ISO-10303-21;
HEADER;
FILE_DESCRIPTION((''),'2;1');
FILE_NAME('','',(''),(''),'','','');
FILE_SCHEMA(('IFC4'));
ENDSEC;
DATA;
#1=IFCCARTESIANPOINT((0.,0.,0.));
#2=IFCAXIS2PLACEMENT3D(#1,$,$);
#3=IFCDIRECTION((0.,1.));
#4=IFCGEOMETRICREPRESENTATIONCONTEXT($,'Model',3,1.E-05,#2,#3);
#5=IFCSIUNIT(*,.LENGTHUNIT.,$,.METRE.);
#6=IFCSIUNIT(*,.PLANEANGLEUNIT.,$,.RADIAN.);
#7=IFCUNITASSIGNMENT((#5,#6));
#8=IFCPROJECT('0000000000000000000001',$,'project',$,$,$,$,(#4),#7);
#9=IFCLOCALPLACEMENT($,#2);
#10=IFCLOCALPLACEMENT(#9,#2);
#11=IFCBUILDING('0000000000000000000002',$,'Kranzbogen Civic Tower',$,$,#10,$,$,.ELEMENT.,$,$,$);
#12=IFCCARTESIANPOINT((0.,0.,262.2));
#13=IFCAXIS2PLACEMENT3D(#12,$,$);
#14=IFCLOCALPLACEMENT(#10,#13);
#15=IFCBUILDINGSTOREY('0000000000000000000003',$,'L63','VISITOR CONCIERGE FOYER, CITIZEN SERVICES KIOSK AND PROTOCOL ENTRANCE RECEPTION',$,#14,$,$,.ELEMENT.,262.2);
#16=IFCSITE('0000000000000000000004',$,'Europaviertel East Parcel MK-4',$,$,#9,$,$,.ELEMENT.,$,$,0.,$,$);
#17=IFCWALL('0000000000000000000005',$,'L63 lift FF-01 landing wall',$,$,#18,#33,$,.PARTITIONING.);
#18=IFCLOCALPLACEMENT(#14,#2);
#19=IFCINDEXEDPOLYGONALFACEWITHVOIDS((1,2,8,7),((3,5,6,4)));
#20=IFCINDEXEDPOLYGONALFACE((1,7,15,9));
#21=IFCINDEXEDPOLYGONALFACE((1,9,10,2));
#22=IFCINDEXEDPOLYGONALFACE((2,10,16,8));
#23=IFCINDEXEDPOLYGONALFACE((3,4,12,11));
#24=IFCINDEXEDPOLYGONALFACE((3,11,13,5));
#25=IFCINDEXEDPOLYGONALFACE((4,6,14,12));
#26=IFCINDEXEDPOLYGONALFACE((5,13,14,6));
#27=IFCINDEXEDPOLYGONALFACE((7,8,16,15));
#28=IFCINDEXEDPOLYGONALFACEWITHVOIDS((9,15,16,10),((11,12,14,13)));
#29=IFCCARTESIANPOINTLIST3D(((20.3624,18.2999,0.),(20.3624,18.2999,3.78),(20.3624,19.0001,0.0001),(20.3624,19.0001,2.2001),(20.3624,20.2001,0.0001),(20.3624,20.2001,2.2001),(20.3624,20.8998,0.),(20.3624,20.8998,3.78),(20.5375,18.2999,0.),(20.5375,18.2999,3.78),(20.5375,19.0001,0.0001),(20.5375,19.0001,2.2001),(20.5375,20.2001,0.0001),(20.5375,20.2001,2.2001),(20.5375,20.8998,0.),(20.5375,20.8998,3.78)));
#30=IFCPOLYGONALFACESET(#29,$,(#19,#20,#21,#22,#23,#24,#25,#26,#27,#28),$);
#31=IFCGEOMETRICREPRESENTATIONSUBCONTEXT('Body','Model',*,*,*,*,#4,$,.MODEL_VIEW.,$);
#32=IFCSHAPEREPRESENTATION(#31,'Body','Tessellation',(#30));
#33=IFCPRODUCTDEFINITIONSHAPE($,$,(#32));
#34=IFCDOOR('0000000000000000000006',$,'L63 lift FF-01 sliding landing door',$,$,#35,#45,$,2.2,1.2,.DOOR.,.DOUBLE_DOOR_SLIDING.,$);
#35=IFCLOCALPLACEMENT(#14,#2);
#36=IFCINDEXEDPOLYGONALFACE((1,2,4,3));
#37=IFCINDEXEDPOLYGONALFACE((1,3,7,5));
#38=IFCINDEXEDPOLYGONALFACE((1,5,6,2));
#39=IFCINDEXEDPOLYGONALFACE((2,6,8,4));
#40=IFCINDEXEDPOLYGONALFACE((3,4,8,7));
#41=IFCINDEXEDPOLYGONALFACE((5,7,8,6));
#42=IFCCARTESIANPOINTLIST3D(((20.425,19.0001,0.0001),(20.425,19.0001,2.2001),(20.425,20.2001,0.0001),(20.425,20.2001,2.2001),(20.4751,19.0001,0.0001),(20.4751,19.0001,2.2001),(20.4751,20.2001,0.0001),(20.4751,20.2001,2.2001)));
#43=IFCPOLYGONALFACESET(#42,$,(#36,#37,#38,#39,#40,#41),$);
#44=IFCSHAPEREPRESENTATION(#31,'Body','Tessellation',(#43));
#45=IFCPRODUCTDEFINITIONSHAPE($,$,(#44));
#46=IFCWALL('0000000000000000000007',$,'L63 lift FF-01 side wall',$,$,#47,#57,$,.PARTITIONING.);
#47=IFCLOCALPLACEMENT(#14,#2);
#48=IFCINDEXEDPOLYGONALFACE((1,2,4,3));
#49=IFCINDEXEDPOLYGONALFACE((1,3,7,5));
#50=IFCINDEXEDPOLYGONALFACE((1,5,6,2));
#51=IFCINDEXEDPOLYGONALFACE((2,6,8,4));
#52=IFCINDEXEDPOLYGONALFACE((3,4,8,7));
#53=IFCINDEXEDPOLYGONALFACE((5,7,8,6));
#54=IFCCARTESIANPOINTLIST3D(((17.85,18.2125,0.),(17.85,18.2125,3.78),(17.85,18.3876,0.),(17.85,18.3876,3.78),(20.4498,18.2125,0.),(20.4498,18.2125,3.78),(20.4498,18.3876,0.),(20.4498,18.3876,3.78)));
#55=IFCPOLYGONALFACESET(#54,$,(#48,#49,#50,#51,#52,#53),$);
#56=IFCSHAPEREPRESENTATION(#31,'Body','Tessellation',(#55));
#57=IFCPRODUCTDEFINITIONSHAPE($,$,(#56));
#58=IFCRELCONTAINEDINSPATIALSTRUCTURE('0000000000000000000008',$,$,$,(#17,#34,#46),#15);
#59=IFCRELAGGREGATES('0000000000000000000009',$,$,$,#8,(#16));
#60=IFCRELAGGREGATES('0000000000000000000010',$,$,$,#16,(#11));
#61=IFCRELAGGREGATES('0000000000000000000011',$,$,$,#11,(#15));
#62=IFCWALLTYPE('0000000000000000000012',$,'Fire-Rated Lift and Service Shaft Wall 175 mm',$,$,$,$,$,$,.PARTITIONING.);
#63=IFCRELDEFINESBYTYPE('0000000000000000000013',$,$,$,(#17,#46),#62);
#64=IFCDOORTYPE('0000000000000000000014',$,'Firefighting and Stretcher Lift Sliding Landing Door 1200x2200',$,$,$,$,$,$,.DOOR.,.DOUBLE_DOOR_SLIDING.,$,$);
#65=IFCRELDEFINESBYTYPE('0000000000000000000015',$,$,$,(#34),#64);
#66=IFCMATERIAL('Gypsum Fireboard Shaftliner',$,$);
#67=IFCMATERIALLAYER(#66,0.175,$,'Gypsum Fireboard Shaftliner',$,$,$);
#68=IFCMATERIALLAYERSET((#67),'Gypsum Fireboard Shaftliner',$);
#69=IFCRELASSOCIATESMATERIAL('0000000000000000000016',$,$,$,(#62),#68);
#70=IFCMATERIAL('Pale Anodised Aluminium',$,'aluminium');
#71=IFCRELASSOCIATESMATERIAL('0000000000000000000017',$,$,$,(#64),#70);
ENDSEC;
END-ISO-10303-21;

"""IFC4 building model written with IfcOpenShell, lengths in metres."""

from ifc_helpers import new_model, si_unit, direction, frame, frame_2d, origin, place, context, subcontext, project, spatial, rectangle, extrude, material, layer, layer_set, type_object, element, fill, save


model = new_model("IFC4")

# Units and contexts
model_context = context("Model", 3, precision=1e-05, world=origin(), true_north=direction((0.0, 1.0)))
body_context = subcontext(model_context, "Body", "Model", "MODEL_VIEW")
ifc_project = project(units=[si_unit("LENGTHUNIT", "METRE"), si_unit("PLANEANGLEUNIT", "RADIAN")], contexts=[model_context])

# Site, building, storey
site_placement = place(None, origin())
site = spatial("IfcSite", under=ifc_project, at=site_placement, Name="Europaviertel East Parcel MK-4", CompositionType="ELEMENT", RefElevation=0.0)
building_placement = place(site_placement, origin())
building = spatial("IfcBuilding", under=site, at=building_placement, Name="Kranzbogen Civic Tower", CompositionType="ELEMENT")
storey_placement = place(building_placement, frame((0.0, 0.0, 262.2)))
storey = spatial("IfcBuildingStorey", under=building, at=storey_placement, Name="L63", Description="VISITOR CONCIERGE FOYER, CITIZEN SERVICES KIOSK AND PROTOCOL ENTRANCE RECEPTION", CompositionType="ELEMENT", Elevation=262.2)

# Wall, opening, door
ifc_material_1 = material(Name="Gypsum Fireboard Shaftliner")
ifc_layer_1 = layer(ifc_material_1, 0.175, Name="Gypsum Fireboard Shaftliner")
ifc_layer_set_1 = layer_set([ifc_layer_1], Name="Gypsum Fireboard Shaftliner")
wall_type_1 = type_object("IfcWallType", Name="Fire-Rated Lift and Service Shaft Wall 175 mm", PredefinedType="PARTITIONING", material=ifc_layer_set_1)
wall_1_placement = place(storey_placement, frame((20.45, 18.3, 0.0), z_axis=(0.0, 0.0, 1.0), x_axis=(0.0, 1.0, 0.0)))
wall_1 = element("IfcWall", 1, at=wall_1_placement, inside=storey, type_object=wall_type_1, Name="L63 lift FF-01 landing wall", PredefinedType="PARTITIONING", context=body_context, shape_type="SweptSolid", body=[
    extrude(rectangle(XDim=2.5999, YDim=0.175, at=frame_2d((1.2998, 0.0))), origin(), (0.0, 0.0, 1.0), 3.78),
])
opening_1_placement = place(wall_1_placement, frame((0.7, 0.0, 0.0)))
opening_1 = element("IfcOpeningElement", 2, at=opening_1_placement, cuts=wall_1, PredefinedType="OPENING", context=body_context, shape_type="SweptSolid", body=[
    extrude(rectangle(XDim=1.2, YDim=2.2, at=frame_2d((0.6001, 1.1001))), frame((0.0, 0.0977, 0.0), z_axis=(0.0, -1.0, 0.0), x_axis=(1.0, 0.0, 0.0)), (0.0, 0.0, 1.0), 0.1951),
])
ifc_material_2 = material(Name="Pale Anodised Aluminium", Category="aluminium")
door_type_1 = type_object("IfcDoorType", Name="Firefighting and Stretcher Lift Sliding Landing Door 1200x2200", OperationType="DOUBLE_DOOR_SLIDING", PredefinedType="DOOR", material=ifc_material_2)
door_1_placement = place(opening_1_placement, origin())
door_1 = element("IfcDoor", 3, at=door_1_placement, inside=storey, type_object=door_type_1, Name="L63 lift FF-01 sliding landing door", OperationType="DOUBLE_DOOR_SLIDING", OverallHeight=2.2, OverallWidth=1.2, PredefinedType="DOOR", context=body_context, shape_type="SweptSolid", body=[
    extrude(rectangle(XDim=1.2, YDim=2.2, at=frame_2d((0.6001, 1.1001))), frame((0.0, 0.0249, 0.0), z_axis=(0.0, -1.0, 0.0), x_axis=(1.0, 0.0, 0.0)), (0.0, 0.0, 1.0), 0.05),
])
fill(opening_1, door_1)

# Wall
wall_2_placement = place(storey_placement, frame((17.8501, 18.3, 0.0), z_axis=(0.0, 0.0, 1.0), x_axis=(1.0, 0.0, 0.0)))
element("IfcWall", 4, at=wall_2_placement, inside=storey, type_object=wall_type_1, Name="L63 lift FF-01 side wall", PredefinedType="PARTITIONING", context=body_context, shape_type="SweptSolid", body=[
    extrude(rectangle(XDim=2.5999, YDim=0.175, at=frame_2d((1.2998, 0.0))), origin(), (0.0, 0.0, 1.0), 3.78),
])

save(model, "model.ifc")
